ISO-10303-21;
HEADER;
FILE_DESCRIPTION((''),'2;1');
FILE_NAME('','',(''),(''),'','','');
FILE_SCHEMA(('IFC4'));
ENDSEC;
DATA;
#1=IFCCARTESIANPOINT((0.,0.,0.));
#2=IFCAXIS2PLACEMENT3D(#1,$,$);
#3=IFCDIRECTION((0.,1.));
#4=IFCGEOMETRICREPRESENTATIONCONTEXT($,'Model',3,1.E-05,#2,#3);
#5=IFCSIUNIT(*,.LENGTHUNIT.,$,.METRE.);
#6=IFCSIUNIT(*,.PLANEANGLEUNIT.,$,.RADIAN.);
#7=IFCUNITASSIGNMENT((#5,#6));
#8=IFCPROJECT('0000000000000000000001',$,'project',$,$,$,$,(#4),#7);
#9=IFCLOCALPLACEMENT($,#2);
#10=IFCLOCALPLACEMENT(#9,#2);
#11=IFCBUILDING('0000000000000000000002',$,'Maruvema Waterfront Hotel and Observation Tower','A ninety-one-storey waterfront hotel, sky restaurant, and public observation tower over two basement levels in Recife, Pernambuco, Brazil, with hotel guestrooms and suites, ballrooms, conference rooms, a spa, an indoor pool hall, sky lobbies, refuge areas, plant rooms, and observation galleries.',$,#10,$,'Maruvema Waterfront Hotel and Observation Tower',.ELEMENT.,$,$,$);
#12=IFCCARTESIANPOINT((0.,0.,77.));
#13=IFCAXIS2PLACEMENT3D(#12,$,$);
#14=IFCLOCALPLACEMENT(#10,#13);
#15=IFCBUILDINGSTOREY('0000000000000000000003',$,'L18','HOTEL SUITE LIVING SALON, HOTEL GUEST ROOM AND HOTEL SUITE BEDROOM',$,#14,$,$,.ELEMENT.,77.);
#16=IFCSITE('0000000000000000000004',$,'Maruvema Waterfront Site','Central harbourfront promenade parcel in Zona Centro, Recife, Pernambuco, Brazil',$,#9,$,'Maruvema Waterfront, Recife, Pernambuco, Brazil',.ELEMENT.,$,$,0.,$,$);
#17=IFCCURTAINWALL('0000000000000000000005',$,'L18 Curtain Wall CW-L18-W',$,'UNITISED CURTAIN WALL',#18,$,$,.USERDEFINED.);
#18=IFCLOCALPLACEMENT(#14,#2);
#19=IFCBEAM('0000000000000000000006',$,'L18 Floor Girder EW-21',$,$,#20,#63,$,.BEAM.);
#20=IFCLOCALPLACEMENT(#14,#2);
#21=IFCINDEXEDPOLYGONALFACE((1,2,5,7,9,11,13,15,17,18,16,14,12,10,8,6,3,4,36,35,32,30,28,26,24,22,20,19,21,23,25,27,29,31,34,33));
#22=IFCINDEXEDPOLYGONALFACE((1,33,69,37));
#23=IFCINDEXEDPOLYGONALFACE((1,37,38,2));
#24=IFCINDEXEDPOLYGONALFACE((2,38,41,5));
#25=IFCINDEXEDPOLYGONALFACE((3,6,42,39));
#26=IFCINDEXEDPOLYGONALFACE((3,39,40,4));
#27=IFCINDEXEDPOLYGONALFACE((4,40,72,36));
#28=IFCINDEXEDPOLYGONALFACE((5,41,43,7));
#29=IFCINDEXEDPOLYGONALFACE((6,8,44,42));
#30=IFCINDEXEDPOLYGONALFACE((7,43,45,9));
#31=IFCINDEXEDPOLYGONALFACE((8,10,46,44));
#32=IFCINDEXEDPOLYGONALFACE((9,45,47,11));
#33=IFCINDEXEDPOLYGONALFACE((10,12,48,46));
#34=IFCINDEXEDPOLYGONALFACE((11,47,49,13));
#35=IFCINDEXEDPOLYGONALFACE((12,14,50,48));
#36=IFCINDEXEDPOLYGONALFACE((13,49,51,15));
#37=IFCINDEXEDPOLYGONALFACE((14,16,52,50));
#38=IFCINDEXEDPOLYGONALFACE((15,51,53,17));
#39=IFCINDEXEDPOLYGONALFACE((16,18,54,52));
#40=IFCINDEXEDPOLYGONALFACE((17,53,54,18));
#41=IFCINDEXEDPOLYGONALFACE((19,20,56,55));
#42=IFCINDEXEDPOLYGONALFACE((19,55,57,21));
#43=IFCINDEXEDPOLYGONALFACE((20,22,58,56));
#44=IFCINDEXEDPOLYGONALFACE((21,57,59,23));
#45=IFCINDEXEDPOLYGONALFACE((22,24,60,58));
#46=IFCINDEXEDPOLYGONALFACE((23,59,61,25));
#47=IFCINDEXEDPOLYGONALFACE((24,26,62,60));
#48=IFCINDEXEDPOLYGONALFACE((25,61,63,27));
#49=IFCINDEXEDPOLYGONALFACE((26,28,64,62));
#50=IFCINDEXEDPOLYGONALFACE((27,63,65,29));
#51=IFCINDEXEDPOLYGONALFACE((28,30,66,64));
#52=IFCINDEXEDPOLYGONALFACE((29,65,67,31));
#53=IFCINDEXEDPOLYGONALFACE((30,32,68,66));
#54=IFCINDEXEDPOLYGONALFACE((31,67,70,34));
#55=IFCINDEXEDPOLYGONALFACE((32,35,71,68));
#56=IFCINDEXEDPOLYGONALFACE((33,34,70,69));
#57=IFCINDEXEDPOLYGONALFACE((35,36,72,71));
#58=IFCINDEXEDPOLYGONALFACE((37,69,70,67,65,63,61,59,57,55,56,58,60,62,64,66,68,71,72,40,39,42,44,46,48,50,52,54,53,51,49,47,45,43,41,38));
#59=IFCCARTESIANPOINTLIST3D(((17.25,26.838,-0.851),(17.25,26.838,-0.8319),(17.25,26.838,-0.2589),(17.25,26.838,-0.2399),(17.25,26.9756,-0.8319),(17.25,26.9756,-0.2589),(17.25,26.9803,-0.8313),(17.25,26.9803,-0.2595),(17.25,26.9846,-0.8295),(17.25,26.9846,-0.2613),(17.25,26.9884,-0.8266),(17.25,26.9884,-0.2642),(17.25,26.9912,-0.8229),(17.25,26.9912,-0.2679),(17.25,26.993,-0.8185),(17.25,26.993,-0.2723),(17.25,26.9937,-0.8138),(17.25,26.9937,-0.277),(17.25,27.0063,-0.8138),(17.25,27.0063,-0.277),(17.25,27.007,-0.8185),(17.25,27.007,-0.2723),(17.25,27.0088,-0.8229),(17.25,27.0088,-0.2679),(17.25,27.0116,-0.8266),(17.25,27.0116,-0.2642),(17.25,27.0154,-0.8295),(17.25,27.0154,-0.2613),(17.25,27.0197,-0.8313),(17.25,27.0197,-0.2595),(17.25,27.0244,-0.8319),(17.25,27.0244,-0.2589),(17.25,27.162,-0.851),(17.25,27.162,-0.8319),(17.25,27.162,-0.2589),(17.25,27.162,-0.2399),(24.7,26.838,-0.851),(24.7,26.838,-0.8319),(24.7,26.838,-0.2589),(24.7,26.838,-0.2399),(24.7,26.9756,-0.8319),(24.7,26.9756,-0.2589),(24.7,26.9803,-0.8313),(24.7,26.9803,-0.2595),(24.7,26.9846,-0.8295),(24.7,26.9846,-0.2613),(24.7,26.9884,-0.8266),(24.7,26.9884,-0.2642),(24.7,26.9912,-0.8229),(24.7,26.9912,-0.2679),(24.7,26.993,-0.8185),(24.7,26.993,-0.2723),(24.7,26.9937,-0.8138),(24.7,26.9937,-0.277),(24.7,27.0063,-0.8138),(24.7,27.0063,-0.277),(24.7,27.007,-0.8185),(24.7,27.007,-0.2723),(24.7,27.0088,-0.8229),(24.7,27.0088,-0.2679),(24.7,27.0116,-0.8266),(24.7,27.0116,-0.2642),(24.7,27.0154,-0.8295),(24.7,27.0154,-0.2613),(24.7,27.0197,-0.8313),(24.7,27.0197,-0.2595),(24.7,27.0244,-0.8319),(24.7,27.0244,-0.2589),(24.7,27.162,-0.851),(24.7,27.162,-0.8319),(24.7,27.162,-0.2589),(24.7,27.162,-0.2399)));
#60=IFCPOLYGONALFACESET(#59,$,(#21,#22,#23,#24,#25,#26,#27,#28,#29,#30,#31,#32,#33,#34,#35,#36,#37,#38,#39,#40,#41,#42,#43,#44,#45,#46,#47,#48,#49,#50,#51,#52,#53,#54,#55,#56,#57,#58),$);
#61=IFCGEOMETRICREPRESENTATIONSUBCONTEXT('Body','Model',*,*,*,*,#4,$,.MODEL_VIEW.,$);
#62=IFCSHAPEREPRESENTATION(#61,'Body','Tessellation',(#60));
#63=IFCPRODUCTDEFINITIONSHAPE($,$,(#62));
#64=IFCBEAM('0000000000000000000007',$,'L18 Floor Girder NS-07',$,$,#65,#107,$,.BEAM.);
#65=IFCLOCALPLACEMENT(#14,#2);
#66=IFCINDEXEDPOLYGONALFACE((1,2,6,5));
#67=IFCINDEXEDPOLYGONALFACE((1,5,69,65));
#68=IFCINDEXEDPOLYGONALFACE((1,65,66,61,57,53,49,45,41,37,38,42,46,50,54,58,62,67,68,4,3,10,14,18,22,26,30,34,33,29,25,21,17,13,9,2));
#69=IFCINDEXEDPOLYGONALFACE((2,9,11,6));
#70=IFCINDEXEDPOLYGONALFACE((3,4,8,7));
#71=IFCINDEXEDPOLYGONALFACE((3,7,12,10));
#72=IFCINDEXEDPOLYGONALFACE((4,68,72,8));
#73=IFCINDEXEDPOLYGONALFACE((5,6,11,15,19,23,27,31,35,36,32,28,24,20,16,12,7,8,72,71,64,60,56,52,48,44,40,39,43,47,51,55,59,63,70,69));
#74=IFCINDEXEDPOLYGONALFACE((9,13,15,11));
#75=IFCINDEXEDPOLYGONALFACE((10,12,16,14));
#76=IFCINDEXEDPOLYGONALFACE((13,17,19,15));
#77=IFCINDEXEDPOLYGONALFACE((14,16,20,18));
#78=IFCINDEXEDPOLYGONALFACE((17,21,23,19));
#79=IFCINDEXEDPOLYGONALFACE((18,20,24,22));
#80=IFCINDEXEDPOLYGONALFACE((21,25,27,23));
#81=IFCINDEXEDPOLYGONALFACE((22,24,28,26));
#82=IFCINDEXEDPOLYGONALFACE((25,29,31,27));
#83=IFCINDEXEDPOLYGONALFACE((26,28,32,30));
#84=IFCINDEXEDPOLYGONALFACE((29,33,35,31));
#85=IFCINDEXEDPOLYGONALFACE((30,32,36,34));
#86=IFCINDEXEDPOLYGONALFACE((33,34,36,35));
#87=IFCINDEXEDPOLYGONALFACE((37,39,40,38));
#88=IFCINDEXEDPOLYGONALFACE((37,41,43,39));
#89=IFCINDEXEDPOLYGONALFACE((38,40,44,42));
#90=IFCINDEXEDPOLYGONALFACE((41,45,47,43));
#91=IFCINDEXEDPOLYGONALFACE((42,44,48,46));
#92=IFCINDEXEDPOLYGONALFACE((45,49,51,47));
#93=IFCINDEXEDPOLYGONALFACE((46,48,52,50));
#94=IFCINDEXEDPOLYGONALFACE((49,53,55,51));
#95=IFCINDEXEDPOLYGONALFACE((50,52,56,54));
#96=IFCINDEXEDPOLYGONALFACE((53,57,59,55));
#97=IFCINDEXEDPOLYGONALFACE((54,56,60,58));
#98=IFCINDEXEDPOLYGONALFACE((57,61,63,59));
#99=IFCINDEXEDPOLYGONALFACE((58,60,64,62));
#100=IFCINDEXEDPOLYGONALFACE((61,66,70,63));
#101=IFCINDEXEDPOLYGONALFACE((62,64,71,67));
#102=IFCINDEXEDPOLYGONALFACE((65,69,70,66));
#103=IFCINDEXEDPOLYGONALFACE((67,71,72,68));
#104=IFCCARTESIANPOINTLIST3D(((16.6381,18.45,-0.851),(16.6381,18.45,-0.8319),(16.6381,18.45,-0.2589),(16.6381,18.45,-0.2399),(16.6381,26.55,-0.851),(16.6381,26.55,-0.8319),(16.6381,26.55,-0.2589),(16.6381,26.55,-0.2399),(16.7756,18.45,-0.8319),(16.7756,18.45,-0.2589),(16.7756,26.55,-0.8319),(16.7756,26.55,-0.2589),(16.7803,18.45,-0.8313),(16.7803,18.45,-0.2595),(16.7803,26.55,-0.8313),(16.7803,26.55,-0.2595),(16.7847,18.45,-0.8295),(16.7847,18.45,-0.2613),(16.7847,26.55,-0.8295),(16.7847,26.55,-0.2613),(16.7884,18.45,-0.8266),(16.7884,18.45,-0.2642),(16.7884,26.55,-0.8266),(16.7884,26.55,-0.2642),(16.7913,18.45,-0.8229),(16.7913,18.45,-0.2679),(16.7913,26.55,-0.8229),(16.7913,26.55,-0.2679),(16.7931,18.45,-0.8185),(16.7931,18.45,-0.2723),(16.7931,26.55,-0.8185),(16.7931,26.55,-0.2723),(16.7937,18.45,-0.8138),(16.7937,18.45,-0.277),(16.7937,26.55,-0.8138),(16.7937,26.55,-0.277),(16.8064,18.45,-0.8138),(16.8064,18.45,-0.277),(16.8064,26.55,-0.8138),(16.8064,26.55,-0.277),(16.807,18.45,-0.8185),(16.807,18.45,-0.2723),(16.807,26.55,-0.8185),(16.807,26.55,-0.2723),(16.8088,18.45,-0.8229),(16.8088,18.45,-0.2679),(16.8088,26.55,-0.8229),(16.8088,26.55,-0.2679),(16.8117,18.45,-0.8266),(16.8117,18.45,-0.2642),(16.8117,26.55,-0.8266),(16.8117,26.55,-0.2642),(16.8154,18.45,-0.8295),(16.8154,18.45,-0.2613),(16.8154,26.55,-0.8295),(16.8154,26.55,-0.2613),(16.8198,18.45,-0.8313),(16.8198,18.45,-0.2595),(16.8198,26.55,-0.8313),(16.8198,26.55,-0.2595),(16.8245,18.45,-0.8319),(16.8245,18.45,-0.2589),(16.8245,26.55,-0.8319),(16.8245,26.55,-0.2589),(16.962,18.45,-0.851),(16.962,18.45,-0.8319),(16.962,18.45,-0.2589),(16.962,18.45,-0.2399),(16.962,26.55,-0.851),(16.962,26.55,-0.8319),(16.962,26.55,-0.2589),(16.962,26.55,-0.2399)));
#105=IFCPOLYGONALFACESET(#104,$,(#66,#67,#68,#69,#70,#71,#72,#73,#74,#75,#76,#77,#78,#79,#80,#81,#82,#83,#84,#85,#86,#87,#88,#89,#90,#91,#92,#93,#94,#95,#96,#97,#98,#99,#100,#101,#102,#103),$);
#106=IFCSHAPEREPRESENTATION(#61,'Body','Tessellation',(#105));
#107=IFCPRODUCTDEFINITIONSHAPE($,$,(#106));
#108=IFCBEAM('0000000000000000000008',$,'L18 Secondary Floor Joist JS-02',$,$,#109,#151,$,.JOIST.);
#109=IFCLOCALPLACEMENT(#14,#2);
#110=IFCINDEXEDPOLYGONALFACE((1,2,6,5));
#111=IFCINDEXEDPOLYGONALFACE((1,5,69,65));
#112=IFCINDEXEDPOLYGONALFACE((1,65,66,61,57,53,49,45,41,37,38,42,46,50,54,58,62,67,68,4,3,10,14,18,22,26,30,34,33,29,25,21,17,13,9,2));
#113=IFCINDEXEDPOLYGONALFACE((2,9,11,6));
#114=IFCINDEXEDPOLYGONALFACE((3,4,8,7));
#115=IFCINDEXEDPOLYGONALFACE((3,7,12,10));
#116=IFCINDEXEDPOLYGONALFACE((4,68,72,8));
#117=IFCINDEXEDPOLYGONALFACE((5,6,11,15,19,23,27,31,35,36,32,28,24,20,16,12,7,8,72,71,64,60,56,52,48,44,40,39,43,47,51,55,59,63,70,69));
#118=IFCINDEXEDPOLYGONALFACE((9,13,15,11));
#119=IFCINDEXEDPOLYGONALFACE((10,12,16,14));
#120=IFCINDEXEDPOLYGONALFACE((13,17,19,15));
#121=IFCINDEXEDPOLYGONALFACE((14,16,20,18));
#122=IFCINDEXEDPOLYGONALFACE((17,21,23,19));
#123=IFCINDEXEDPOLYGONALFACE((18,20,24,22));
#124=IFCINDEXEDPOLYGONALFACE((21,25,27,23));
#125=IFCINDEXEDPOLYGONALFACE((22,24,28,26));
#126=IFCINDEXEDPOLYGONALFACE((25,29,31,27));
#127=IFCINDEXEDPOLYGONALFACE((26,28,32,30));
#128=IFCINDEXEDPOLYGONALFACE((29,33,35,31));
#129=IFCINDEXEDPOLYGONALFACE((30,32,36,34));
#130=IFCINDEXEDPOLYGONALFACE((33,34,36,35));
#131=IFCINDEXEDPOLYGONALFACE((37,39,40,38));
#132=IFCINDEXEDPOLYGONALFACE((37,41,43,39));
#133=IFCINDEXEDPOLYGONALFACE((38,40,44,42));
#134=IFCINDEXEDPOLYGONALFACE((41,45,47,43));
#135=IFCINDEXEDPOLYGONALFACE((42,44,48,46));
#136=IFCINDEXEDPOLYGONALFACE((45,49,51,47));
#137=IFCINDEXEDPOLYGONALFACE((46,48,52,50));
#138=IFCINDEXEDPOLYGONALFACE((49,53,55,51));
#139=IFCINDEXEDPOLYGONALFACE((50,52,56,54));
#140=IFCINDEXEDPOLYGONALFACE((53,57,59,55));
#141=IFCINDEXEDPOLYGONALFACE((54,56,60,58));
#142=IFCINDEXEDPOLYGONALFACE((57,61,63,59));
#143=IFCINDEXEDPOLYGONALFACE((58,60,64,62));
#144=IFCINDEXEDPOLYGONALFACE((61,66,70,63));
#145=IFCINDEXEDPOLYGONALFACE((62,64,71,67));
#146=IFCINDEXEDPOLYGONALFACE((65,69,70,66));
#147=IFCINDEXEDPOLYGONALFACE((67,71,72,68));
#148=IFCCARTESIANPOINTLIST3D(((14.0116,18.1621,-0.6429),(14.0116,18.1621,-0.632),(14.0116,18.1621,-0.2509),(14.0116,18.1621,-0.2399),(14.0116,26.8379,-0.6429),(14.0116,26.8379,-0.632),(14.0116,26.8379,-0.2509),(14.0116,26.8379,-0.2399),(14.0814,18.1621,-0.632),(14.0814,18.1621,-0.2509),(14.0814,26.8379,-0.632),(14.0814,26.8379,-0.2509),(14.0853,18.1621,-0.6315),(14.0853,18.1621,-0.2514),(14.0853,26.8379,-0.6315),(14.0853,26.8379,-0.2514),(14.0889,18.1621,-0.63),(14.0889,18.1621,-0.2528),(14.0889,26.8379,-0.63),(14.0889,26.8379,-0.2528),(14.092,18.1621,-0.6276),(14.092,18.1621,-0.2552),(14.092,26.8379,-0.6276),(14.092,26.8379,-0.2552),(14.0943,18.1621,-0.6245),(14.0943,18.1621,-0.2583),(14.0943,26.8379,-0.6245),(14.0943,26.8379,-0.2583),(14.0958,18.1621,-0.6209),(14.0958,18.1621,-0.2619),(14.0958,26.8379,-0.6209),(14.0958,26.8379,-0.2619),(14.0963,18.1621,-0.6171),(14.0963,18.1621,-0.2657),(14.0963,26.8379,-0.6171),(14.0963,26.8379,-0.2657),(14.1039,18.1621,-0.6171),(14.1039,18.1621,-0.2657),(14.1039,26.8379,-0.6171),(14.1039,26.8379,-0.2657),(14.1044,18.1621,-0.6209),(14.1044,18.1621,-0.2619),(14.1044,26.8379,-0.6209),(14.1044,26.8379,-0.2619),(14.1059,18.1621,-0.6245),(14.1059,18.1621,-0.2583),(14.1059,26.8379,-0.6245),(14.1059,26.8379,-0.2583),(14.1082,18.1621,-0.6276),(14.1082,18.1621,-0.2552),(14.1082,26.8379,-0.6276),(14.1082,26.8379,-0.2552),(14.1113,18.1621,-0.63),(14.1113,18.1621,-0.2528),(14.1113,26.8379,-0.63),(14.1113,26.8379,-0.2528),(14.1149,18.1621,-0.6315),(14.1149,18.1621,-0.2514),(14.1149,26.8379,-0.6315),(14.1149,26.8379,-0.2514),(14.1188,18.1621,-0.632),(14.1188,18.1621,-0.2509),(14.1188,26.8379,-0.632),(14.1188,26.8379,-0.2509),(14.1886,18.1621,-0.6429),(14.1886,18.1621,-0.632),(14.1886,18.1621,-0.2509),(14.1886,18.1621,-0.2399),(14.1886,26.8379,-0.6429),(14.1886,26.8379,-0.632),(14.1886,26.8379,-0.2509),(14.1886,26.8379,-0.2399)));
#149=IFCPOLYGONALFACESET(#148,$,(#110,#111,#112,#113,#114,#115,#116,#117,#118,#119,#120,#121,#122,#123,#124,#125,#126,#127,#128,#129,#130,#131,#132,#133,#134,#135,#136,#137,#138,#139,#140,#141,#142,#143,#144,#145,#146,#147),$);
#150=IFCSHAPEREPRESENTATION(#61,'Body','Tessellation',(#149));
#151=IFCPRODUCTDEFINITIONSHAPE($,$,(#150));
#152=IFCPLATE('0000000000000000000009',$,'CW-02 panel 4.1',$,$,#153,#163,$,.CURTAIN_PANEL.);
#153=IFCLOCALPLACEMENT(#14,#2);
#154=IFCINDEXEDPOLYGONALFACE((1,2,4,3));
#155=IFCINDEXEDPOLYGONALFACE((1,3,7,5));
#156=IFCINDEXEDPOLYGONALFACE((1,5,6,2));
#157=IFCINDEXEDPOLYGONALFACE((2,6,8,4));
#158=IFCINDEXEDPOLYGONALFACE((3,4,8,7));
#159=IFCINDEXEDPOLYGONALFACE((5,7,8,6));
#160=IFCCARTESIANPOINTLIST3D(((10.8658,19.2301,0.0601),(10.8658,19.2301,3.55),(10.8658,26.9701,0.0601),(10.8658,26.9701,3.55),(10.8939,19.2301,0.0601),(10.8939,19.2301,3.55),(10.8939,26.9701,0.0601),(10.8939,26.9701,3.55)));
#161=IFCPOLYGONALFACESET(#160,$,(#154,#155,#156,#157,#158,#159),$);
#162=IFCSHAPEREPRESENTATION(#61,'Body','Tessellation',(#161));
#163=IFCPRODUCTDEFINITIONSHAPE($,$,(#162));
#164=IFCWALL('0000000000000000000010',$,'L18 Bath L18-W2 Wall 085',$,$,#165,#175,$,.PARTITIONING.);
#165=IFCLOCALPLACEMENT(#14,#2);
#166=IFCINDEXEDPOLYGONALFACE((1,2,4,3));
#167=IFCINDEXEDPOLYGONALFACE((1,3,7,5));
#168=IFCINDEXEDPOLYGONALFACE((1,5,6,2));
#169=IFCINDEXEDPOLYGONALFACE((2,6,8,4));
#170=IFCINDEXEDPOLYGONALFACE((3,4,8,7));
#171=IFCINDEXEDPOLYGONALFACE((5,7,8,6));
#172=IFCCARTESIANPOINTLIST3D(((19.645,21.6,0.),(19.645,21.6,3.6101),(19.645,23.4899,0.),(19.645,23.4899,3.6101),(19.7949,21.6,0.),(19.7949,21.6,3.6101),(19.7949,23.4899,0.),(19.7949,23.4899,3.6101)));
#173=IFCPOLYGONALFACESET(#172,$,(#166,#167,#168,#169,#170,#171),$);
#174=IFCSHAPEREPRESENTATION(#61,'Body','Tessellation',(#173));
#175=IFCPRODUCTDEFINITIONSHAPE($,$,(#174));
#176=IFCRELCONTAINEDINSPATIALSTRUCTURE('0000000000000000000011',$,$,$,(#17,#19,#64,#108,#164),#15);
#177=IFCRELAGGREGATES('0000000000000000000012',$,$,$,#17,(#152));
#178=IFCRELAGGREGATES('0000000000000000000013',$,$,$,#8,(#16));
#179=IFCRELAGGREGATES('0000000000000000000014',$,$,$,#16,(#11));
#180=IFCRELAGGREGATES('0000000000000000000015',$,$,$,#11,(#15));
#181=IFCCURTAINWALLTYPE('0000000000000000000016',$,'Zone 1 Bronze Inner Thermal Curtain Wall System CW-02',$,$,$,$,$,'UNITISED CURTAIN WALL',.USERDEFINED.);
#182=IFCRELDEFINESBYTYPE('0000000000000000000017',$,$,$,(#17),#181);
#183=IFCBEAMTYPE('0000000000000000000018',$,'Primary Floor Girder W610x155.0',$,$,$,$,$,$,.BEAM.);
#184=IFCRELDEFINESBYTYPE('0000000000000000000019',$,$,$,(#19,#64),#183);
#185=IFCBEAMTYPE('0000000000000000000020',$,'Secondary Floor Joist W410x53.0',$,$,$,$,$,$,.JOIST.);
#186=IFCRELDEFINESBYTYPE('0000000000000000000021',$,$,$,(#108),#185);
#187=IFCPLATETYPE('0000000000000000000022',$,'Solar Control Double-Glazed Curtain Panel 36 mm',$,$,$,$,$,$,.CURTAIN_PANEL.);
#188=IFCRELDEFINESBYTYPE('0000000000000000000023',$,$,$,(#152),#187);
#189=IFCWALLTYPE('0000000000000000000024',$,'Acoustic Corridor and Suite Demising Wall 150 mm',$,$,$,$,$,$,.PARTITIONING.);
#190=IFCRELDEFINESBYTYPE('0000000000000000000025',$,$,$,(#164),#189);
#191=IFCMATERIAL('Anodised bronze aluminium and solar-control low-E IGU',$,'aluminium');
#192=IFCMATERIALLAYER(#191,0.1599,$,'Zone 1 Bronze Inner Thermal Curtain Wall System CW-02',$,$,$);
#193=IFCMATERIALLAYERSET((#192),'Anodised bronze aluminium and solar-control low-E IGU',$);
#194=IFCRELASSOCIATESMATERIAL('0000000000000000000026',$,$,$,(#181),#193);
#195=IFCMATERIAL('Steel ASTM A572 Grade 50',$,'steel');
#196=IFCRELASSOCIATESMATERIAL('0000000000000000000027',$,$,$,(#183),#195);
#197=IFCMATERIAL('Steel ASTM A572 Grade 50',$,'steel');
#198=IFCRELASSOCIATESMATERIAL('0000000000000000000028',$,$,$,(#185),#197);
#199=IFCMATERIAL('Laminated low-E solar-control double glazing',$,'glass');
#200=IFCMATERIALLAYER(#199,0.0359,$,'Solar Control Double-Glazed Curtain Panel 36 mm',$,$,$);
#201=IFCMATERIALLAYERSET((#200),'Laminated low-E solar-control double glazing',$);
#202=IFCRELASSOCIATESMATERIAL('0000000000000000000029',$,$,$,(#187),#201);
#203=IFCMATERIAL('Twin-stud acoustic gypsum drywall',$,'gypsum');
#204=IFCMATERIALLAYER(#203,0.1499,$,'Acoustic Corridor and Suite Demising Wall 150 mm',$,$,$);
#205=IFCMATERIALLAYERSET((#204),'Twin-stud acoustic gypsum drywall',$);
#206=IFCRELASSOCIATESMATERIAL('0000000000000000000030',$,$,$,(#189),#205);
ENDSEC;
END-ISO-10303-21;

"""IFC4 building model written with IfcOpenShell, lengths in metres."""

from ifc_helpers import new_model, si_unit, direction, frame, frame_2d, origin, origin_2d, place, context, subcontext, project, spatial, rectangle, i_section, extrude, material, layer, layer_set, material_profile, profile_set, type_object, element, aggregate, save


model = new_model("IFC4")

# Units and contexts
model_context = context("Model", 3, precision=1e-05, world=origin(), true_north=direction((0.0, 1.0)))
body_context = subcontext(model_context, "Body", "Model", "MODEL_VIEW")
ifc_project = project(units=[si_unit("LENGTHUNIT", "METRE"), si_unit("PLANEANGLEUNIT", "RADIAN")], contexts=[model_context])

# Site, building, storey
site_placement = place(None, origin())
site = spatial("IfcSite", under=ifc_project, at=site_placement, Name="Maruvema Waterfront Site", Description="Central harbourfront promenade parcel in Zona Centro, Recife, Pernambuco, Brazil", LongName="Maruvema Waterfront, Recife, Pernambuco, Brazil", CompositionType="ELEMENT", RefElevation=0.0)
building_placement = place(site_placement, origin())
building = spatial("IfcBuilding", under=site, at=building_placement, Name="Maruvema Waterfront Hotel and Observation Tower", Description="A ninety-one-storey waterfront hotel, sky restaurant, and public observation tower over two basement levels in Recife, Pernambuco, Brazil, with hotel guestrooms and suites, ballrooms, conference rooms, a spa, an indoor pool hall, sky lobbies, refuge areas, plant rooms, and observation galleries.", LongName="Maruvema Waterfront Hotel and Observation Tower", CompositionType="ELEMENT")
storey_placement = place(building_placement, frame((0.0, 0.0, 77.0)))
storey = spatial("IfcBuildingStorey", under=building, at=storey_placement, Name="L18", Description="HOTEL SUITE LIVING SALON, HOTEL GUEST ROOM AND HOTEL SUITE BEDROOM", CompositionType="ELEMENT", Elevation=77.0)

# Curtain wall
ifc_material_1 = material(Name="Anodised bronze aluminium and solar-control low-E IGU", Category="aluminium")
ifc_layer_1 = layer(ifc_material_1, 0.1599, Name="Zone 1 Bronze Inner Thermal Curtain Wall System CW-02")
ifc_layer_set_1 = layer_set([ifc_layer_1], Name="Anodised bronze aluminium and solar-control low-E IGU")
curtain_wall_type = type_object("IfcCurtainWallType", Name="Zone 1 Bronze Inner Thermal Curtain Wall System CW-02", ElementType="UNITISED CURTAIN WALL", PredefinedType="USERDEFINED", material=ifc_layer_set_1)
curtain_wall_placement = place(storey_placement, origin())
curtain_wall = element("IfcCurtainWall", 1, at=curtain_wall_placement, inside=storey, type_object=curtain_wall_type, Name="L18 Curtain Wall CW-L18-W", ObjectType="UNITISED CURTAIN WALL", PredefinedType="USERDEFINED")

# Beams
ifc_material_2 = material(Name="Steel ASTM A572 Grade 50", Category="steel")
ifc_material_profile_1 = material_profile(ifc_material_2, i_section(OverallWidth=0.324, OverallDepth=0.6111, WebThickness=0.0127, FlangeThickness=0.019, FilletRadius=0.0181, at=origin_2d()), Name="W610x155.0")
ifc_profile_set_1 = profile_set([ifc_material_profile_1], Name="Steel ASTM A572 Grade 50")
beam_type_1 = type_object("IfcBeamType", Name="Primary Floor Girder W610x155.0", PredefinedType="BEAM", material=ifc_profile_set_1)
beam_1_placement = place(storey_placement, frame((17.25, 27.0, -0.5454), z_axis=(1.0, 0.0, 0.0), x_axis=(0.0, 1.0, 0.0)))
element("IfcBeam", 2, at=beam_1_placement, inside=storey, type_object=beam_type_1, Name="L18 Floor Girder EW-21", PredefinedType="BEAM", context=body_context, shape_type="SweptSolid", body=[
    extrude(i_section(OverallWidth=0.324, OverallDepth=0.6111, WebThickness=0.0127, FlangeThickness=0.019, FilletRadius=0.0181, at=origin_2d()), origin(), (0.0, 0.0, 1.0), 7.45),
])
beam_2_placement = place(storey_placement, frame((16.8, 18.45, -0.5454), z_axis=(0.0, 1.0, 0.0), x_axis=(-1.0, 0.0, 0.0)))
element("IfcBeam", 3, at=beam_2_placement, inside=storey, type_object=beam_type_1, Name="L18 Floor Girder NS-07", PredefinedType="BEAM", context=body_context, shape_type="SweptSolid", body=[
    extrude(i_section(OverallWidth=0.324, OverallDepth=0.6111, WebThickness=0.0127, FlangeThickness=0.019, FilletRadius=0.0181, at=origin_2d()), origin(), (0.0, 0.0, 1.0), 8.1001),
])
ifc_material_3 = material(Name="Steel ASTM A572 Grade 50", Category="steel")
ifc_material_profile_2 = material_profile(ifc_material_3, i_section(OverallWidth=0.177, OverallDepth=0.4031, WebThickness=0.0076, FlangeThickness=0.011, FilletRadius=0.0149, at=origin_2d()), Name="W410x53.0")
ifc_profile_set_2 = profile_set([ifc_material_profile_2], Name="Steel ASTM A572 Grade 50")
beam_type_2 = type_object("IfcBeamType", Name="Secondary Floor Joist W410x53.0", PredefinedType="JOIST", material=ifc_profile_set_2)
beam_3_placement = place(storey_placement, frame((14.1001, 18.1621, -0.4414), z_axis=(0.0, 1.0, 0.0), x_axis=(-1.0, 0.0, 0.0)))
element("IfcBeam", 4, at=beam_3_placement, inside=storey, type_object=beam_type_2, Name="L18 Secondary Floor Joist JS-02", PredefinedType="JOIST", context=body_context, shape_type="SweptSolid", body=[
    extrude(i_section(OverallWidth=0.177, OverallDepth=0.4031, WebThickness=0.0076, FlangeThickness=0.011, FilletRadius=0.0149, at=origin_2d()), origin(), (0.0, 0.0, 1.0), 8.6758),
])

# Plate
ifc_material_4 = material(Name="Laminated low-E solar-control double glazing", Category="glass")
ifc_layer_2 = layer(ifc_material_4, 0.0359, Name="Solar Control Double-Glazed Curtain Panel 36 mm")
ifc_layer_set_2 = layer_set([ifc_layer_2], Name="Laminated low-E solar-control double glazing")
plate_type = type_object("IfcPlateType", Name="Solar Control Double-Glazed Curtain Panel 36 mm", PredefinedType="CURTAIN_PANEL", material=ifc_layer_set_2)
plate_placement = place(storey_placement, frame((10.8799, 23.1001, 0.0601), z_axis=(0.0, 0.0, 1.0), x_axis=(0.0, -1.0, 0.0)))
plate = element("IfcPlate", 5, at=plate_placement, type_object=plate_type, Name="CW-02 panel 4.1", PredefinedType="CURTAIN_PANEL", context=body_context, shape_type="SweptSolid", body=[
    extrude(rectangle(XDim=7.74, YDim=0.0281, at=origin_2d()), origin(), (0.0, 0.0, 1.0), 3.49),
])
aggregate(curtain_wall, [plate])

# Shared definitions
ifc_material_5 = material(Name="Twin-stud acoustic gypsum drywall", Category="gypsum")
ifc_layer_3 = layer(ifc_material_5, 0.1499, Name="Acoustic Corridor and Suite Demising Wall 150 mm")
ifc_layer_set_3 = layer_set([ifc_layer_3], Name="Twin-stud acoustic gypsum drywall")
wall_type_1 = type_object("IfcWallType", Name="Acoustic Corridor and Suite Demising Wall 150 mm", PredefinedType="PARTITIONING", material=ifc_layer_set_3)

# Wall
wall_1_placement = place(storey_placement, frame((19.72, 21.6001, 0.0), z_axis=(0.0, 0.0, 1.0), x_axis=(0.0, 1.0, 0.0)))
element("IfcWall", 6, at=wall_1_placement, inside=storey, type_object=wall_type_1, Name="L18 Bath L18-W2 Wall 085", PredefinedType="PARTITIONING", context=body_context, shape_type="SweptSolid", body=[
    extrude(rectangle(XDim=1.8899, YDim=0.1499, at=frame_2d((0.9448, 0.0))), origin(), (0.0, 0.0, 1.0), 3.6101),
])

save(model, "model.ifc")
